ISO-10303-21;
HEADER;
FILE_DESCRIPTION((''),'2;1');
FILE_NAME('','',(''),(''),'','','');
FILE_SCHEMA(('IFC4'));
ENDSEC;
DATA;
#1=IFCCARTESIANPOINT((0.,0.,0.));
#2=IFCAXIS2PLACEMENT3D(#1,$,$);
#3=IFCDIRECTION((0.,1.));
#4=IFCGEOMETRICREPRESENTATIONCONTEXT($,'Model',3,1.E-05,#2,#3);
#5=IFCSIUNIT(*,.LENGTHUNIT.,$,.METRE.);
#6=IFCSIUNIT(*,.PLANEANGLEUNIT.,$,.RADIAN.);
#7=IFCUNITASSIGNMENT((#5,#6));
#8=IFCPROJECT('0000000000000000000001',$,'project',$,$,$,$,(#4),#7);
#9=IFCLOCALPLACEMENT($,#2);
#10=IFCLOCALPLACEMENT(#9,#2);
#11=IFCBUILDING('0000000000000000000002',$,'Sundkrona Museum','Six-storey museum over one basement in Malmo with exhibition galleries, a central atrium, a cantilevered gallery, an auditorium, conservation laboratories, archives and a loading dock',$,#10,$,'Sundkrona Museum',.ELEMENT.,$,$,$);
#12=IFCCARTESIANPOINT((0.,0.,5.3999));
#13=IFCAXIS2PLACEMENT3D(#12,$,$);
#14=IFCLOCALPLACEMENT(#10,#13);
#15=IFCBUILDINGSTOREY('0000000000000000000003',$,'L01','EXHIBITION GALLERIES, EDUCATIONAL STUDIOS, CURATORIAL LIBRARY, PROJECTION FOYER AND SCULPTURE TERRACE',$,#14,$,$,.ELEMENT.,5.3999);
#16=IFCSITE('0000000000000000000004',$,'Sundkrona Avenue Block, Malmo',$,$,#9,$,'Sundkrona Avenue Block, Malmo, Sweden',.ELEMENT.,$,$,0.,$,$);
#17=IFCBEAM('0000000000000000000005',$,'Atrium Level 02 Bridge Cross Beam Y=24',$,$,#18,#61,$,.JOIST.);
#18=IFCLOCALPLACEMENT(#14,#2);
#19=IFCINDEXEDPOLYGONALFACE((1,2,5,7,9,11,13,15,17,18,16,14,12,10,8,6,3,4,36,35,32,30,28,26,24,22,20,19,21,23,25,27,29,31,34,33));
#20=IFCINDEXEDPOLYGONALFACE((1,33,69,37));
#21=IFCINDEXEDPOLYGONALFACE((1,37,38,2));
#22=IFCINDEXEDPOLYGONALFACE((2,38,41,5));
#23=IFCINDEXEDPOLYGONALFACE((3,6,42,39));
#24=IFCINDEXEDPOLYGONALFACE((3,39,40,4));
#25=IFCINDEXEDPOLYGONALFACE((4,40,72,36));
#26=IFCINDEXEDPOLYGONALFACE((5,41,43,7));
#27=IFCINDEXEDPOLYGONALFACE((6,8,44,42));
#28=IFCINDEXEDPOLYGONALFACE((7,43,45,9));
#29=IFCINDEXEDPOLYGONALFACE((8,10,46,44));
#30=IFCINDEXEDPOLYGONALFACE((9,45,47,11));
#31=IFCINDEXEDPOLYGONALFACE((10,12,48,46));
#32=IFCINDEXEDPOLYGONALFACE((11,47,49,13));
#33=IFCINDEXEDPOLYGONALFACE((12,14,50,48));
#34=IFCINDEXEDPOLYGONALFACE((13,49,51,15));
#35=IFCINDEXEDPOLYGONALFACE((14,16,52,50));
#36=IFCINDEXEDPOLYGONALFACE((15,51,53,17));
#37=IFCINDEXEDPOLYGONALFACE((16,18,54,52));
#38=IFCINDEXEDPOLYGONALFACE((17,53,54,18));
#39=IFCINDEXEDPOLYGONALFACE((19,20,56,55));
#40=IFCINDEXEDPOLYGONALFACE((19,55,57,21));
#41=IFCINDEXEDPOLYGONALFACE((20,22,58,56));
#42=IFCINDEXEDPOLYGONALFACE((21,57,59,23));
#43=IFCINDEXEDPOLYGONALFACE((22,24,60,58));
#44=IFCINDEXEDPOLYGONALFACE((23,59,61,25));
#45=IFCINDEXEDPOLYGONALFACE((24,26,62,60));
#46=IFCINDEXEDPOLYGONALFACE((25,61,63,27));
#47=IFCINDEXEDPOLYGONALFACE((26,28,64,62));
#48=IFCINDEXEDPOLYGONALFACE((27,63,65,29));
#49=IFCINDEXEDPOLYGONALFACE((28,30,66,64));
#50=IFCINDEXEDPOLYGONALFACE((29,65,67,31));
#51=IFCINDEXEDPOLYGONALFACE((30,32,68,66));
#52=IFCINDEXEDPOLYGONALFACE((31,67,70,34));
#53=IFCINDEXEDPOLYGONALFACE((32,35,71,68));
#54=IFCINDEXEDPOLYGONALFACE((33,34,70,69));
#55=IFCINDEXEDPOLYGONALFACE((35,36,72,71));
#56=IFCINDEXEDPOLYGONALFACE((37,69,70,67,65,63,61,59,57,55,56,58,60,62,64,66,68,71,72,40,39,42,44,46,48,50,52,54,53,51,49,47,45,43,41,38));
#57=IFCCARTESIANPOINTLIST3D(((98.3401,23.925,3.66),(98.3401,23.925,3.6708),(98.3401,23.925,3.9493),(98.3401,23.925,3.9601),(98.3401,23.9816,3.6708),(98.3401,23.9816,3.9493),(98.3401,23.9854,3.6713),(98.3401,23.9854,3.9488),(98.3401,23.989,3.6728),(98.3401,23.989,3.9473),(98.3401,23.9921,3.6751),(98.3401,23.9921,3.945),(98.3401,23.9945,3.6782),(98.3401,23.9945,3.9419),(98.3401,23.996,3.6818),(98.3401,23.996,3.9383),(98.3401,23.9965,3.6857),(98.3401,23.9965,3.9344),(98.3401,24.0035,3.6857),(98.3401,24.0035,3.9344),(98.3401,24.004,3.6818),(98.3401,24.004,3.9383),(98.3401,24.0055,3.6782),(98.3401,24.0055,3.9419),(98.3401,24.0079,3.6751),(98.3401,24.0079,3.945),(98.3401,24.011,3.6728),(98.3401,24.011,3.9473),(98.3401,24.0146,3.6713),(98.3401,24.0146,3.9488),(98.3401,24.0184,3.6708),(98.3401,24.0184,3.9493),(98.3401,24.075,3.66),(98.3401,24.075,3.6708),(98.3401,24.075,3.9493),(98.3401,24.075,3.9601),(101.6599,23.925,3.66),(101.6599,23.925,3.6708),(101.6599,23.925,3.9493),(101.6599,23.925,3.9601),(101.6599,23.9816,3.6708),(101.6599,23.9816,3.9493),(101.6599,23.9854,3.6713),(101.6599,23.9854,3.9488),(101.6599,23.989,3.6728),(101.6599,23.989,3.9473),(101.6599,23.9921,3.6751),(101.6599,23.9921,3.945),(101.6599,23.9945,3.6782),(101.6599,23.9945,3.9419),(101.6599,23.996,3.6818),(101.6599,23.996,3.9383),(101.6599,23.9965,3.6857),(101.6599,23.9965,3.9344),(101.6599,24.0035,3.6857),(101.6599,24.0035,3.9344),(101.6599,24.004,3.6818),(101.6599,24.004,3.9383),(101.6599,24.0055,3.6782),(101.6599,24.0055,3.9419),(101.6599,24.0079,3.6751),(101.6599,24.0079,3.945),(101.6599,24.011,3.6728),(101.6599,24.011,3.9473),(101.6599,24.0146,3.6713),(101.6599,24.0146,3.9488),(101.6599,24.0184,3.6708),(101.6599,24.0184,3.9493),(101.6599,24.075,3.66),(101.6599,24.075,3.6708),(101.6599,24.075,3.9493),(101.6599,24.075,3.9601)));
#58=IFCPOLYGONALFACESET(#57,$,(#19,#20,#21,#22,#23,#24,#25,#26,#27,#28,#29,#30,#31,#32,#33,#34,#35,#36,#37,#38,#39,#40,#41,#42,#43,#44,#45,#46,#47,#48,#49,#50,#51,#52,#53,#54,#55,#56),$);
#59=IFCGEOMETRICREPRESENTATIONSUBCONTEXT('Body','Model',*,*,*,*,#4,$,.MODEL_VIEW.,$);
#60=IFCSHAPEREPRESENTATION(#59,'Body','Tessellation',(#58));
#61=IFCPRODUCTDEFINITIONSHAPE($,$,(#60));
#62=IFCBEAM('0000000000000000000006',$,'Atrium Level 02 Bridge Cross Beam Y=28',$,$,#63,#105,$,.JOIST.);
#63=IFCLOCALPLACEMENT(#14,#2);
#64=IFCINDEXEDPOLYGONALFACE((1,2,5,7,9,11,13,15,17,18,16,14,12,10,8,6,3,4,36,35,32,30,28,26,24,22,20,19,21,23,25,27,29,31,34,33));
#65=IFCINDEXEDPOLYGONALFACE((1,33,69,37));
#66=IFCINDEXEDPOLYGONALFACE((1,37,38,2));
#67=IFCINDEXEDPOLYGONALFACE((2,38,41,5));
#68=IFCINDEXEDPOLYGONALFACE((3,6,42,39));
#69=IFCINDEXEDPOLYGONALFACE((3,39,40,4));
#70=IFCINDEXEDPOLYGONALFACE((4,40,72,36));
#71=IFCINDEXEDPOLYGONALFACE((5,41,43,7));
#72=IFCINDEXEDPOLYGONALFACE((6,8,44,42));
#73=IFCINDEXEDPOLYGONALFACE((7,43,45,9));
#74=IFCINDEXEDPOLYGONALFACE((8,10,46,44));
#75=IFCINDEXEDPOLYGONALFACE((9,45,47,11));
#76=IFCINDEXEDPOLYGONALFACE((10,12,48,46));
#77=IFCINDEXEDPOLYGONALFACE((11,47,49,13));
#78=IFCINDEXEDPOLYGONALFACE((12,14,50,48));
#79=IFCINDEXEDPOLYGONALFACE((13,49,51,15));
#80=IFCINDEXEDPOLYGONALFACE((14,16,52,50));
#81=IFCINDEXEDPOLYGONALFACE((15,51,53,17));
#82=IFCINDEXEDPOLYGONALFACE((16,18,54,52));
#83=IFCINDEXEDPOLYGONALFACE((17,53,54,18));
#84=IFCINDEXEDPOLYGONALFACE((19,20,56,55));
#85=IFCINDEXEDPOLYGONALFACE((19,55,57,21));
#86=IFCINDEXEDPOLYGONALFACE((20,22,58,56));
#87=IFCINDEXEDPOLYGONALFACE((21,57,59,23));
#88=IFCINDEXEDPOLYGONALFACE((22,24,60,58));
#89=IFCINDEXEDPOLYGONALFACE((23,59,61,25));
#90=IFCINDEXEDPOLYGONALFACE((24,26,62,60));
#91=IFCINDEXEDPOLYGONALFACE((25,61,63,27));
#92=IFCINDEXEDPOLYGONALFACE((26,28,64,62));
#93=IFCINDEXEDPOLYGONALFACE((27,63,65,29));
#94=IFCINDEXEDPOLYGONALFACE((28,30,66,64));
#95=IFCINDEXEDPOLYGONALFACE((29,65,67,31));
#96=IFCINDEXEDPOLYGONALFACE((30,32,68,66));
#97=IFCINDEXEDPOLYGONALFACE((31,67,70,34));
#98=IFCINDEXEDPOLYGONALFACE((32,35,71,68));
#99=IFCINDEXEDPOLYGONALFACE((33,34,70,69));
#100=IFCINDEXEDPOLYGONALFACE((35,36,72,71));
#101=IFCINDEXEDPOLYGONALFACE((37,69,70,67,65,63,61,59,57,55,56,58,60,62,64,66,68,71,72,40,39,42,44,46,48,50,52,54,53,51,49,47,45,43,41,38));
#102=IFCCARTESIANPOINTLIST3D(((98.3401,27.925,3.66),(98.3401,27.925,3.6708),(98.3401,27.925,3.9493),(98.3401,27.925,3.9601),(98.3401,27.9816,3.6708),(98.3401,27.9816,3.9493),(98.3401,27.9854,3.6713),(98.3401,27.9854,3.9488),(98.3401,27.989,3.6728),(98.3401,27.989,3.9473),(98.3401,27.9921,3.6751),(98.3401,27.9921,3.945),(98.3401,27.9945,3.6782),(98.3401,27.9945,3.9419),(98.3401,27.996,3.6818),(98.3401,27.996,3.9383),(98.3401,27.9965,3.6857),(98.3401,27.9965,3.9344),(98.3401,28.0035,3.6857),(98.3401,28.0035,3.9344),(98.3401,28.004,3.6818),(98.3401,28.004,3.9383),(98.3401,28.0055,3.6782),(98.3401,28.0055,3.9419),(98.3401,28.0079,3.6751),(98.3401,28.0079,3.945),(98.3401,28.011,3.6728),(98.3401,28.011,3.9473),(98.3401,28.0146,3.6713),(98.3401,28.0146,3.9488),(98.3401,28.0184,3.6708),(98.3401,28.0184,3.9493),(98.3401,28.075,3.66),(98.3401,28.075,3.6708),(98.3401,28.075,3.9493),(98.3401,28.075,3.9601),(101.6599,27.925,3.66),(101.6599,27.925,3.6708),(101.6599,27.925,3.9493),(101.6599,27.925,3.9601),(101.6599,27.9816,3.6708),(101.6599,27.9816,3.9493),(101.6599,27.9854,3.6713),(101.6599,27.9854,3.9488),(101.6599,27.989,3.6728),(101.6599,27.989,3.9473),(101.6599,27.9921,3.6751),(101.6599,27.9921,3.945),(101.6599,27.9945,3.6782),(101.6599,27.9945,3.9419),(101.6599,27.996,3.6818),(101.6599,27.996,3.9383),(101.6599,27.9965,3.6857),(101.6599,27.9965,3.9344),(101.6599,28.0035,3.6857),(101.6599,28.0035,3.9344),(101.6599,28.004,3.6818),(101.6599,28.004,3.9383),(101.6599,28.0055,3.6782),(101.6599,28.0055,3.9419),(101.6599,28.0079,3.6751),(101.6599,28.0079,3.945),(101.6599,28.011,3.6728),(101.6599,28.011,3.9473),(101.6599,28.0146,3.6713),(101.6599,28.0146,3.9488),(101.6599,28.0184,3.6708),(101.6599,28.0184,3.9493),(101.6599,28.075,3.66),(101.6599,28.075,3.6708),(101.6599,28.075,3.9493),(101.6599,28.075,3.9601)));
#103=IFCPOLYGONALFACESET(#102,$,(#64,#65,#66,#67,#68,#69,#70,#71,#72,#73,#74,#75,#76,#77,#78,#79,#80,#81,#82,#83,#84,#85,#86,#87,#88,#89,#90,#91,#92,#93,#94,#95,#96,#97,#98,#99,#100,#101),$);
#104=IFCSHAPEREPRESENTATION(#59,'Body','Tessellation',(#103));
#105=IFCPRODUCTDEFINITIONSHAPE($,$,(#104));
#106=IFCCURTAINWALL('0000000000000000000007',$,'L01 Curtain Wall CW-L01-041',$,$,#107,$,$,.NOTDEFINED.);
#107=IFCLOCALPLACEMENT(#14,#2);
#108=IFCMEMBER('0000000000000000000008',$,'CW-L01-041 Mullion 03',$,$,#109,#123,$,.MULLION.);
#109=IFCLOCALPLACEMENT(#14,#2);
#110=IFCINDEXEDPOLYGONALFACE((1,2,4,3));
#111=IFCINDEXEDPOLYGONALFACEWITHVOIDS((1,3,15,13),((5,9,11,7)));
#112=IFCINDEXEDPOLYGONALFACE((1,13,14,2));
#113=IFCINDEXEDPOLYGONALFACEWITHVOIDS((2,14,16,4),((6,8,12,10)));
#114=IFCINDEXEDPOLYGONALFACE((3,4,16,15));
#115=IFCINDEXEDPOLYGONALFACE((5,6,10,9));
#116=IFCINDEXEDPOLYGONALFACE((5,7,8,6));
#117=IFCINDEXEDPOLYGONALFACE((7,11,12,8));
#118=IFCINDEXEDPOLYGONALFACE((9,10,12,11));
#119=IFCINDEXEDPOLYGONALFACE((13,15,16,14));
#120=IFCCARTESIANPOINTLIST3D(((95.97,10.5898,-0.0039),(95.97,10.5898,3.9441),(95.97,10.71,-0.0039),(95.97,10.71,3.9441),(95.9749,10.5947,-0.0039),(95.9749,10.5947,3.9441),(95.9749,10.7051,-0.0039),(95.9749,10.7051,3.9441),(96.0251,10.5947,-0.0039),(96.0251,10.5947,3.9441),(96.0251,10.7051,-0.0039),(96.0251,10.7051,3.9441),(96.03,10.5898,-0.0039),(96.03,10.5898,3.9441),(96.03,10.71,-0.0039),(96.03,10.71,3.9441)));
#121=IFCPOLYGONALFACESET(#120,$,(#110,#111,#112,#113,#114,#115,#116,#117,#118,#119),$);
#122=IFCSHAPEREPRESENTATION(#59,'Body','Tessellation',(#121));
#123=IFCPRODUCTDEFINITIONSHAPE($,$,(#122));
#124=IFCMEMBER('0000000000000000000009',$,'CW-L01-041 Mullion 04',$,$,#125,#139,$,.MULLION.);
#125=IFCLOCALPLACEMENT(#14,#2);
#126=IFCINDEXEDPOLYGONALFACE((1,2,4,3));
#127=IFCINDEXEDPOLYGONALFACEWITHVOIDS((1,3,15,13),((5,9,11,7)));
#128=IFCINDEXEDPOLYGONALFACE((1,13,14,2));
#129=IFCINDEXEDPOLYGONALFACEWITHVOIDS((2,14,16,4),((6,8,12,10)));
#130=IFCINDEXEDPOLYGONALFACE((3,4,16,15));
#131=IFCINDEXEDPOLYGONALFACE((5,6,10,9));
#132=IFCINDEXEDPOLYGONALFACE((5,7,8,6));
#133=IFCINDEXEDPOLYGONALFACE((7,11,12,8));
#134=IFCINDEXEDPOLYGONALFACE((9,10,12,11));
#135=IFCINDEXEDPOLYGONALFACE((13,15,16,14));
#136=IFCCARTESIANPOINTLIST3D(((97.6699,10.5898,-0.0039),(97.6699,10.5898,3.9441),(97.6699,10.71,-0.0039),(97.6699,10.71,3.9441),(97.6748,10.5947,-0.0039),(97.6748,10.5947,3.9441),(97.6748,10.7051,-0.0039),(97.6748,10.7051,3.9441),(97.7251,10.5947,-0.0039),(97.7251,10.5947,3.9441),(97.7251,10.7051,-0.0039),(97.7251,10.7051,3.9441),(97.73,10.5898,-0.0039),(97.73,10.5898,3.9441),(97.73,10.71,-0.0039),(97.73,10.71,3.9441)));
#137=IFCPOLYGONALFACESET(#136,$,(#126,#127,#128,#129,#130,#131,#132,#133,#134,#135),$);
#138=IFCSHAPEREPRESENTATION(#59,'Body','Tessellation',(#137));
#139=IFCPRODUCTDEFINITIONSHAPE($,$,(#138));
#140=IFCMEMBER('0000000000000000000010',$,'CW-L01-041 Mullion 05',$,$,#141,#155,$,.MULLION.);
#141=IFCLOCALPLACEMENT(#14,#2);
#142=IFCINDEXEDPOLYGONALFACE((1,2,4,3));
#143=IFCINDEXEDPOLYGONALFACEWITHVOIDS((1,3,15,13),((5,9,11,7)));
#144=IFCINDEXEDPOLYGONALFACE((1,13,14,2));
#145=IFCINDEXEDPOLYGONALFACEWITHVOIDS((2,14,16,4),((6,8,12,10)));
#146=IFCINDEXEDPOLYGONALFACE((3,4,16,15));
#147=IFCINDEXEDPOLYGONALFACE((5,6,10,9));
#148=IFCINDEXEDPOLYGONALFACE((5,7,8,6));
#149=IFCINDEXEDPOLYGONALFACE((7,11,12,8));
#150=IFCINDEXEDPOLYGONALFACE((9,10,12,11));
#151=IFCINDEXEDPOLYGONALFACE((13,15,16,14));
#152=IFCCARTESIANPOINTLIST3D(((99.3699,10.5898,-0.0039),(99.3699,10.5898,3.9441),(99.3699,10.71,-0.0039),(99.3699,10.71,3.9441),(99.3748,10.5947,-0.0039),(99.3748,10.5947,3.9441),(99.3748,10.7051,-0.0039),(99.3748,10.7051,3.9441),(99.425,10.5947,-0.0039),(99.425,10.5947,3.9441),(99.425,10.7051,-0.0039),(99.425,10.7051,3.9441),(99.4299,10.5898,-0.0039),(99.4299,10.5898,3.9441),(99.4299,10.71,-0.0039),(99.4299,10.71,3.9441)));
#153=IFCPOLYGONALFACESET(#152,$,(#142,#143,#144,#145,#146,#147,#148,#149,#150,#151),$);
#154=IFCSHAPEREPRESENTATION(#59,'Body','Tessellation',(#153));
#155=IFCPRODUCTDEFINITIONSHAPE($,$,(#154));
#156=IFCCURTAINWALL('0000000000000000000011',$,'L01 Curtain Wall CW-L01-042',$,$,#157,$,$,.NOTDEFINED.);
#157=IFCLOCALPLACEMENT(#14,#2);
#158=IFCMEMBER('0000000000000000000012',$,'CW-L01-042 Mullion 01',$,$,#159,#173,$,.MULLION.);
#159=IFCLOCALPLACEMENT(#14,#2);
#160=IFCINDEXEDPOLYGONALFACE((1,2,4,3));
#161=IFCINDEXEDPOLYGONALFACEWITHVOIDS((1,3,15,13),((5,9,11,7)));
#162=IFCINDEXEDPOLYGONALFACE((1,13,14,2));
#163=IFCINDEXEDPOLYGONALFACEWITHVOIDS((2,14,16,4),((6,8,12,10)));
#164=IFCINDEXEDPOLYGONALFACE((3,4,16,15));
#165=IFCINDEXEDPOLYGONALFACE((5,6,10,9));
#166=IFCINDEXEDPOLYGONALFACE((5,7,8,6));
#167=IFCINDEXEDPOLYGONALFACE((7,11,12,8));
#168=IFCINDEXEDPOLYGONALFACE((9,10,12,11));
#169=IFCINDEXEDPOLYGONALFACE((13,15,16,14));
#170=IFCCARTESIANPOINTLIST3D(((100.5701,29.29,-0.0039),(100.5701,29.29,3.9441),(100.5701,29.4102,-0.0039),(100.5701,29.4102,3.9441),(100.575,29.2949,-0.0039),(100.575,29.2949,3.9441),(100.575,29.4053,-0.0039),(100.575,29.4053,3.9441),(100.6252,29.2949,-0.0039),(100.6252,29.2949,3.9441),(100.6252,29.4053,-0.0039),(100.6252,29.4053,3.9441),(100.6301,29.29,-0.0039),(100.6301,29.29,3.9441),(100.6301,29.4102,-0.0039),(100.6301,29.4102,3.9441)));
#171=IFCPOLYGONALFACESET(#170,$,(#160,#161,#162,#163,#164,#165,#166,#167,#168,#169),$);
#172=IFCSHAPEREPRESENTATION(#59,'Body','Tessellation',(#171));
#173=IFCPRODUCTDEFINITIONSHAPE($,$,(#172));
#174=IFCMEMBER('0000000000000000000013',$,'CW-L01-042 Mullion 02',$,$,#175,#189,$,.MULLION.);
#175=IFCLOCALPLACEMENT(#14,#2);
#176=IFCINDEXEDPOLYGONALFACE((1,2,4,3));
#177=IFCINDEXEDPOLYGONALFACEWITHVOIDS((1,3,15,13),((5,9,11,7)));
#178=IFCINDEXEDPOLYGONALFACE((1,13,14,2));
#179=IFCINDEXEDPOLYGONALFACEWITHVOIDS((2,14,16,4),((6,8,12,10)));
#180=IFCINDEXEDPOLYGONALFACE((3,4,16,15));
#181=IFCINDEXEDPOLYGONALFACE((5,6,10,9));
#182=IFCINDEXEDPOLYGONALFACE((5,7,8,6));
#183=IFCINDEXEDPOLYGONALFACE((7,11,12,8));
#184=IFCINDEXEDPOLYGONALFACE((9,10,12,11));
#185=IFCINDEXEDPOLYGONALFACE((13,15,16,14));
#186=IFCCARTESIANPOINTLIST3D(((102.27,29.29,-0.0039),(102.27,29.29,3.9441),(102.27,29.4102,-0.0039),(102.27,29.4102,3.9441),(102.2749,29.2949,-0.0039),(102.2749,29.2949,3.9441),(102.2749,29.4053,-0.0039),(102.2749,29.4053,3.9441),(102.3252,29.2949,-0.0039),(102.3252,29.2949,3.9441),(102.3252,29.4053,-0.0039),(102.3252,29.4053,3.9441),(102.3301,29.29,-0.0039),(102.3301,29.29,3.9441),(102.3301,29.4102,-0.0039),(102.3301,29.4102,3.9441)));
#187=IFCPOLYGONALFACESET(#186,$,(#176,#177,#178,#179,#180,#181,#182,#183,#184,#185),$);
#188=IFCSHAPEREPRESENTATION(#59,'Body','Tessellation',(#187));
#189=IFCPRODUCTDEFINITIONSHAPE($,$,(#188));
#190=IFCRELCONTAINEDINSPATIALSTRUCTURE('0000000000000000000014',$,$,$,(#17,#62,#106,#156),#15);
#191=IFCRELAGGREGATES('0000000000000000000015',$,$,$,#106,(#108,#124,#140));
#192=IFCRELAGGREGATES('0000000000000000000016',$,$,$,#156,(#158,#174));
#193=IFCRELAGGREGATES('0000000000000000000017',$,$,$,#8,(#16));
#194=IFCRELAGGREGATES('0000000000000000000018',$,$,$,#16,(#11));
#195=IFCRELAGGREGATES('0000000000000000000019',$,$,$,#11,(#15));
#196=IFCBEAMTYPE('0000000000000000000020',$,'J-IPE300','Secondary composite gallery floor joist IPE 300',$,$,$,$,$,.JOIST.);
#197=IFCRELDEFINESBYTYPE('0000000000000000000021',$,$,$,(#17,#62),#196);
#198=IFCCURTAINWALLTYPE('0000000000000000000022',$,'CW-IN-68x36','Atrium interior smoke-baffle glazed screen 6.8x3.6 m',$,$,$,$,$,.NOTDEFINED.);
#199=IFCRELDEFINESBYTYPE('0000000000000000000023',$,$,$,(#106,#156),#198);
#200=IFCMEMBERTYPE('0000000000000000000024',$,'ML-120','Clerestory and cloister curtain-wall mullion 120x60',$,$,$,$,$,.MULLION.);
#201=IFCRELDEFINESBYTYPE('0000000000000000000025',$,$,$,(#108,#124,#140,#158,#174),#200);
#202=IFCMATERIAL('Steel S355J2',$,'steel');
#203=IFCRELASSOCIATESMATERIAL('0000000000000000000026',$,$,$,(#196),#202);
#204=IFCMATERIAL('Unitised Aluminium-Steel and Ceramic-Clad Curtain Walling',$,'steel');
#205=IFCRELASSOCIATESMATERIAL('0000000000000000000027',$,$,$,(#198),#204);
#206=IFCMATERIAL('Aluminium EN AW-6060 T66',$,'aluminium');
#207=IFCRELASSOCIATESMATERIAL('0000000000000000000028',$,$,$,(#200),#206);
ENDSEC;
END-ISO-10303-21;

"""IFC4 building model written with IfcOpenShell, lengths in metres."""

from ifc_helpers import new_model, si_unit, direction, frame, origin, origin_2d, place, context, subcontext, project, spatial, hollow_rectangle, i_section, extrude, material, material_profile, profile_set, type_object, element, aggregate, save


model = new_model("IFC4")

# Units and contexts
model_context = context("Model", 3, precision=1e-05, world=origin(), true_north=direction((0.0, 1.0)))
body_context = subcontext(model_context, "Body", "Model", "MODEL_VIEW")
ifc_project = project(units=[si_unit("LENGTHUNIT", "METRE"), si_unit("PLANEANGLEUNIT", "RADIAN")], contexts=[model_context])

# Site, building, storey
site_placement = place(None, origin())
site = spatial("IfcSite", under=ifc_project, at=site_placement, Name="Sundkrona Avenue Block, Malmo", LongName="Sundkrona Avenue Block, Malmo, Sweden", CompositionType="ELEMENT", RefElevation=0.0)
building_placement = place(site_placement, origin())
building = spatial("IfcBuilding", under=site, at=building_placement, Name="Sundkrona Museum", Description="Six-storey museum over one basement in Malmo with exhibition galleries, a central atrium, a cantilevered gallery, an auditorium, conservation laboratories, archives and a loading dock", LongName="Sundkrona Museum", CompositionType="ELEMENT")
storey_placement = place(building_placement, frame((0.0, 0.0, 5.3999)))
storey = spatial("IfcBuildingStorey", under=building, at=storey_placement, Name="L01", Description="EXHIBITION GALLERIES, EDUCATIONAL STUDIOS, CURATORIAL LIBRARY, PROJECTION FOYER AND SCULPTURE TERRACE", CompositionType="ELEMENT", Elevation=5.3999)

# Shared definitions
ifc_material_1 = material(Name="Steel S355J2", Category="steel")

# Beams
ifc_material_profile_1 = material_profile(ifc_material_1, i_section(OverallWidth=0.1499, OverallDepth=0.3, WebThickness=0.0071, FlangeThickness=0.0107, FilletRadius=0.0149, at=origin_2d()), Name="IPE 300")
ifc_profile_set_1 = profile_set([ifc_material_profile_1], Name="Steel S355J2")
beam_type_1 = type_object("IfcBeamType", Name="J-IPE300", Description="Secondary composite gallery floor joist IPE 300", PredefinedType="JOIST", material=ifc_profile_set_1)
for number, where, z_axis, x_axis, name in (
    (1, (98.3401, 24.0, 3.8101), (1.0, 0.0, 0.0), (0.0, 1.0, 0.0), "Atrium Level 02 Bridge Cross Beam Y=24"),
    (2, (98.3401, 28.0, 3.8101), (1.0, 0.0, 0.0), (0.0, 1.0, 0.0), "Atrium Level 02 Bridge Cross Beam Y=28"),
):
    element("IfcBeam", number, at=place(storey_placement, frame(where, z_axis=z_axis, x_axis=x_axis)), inside=storey, type_object=beam_type_1, Name=name, PredefinedType="JOIST", context=body_context, shape_type="SweptSolid", body=[
        extrude(i_section(OverallWidth=0.1499, OverallDepth=0.3, WebThickness=0.0071, FlangeThickness=0.0107, FilletRadius=0.0149, at=origin_2d()), origin(), (0.0, 0.0, 1.0), 3.3198),
    ])

# Curtain walls, members
ifc_material_2 = material(Name="Unitised Aluminium-Steel and Ceramic-Clad Curtain Walling", Category="steel")
curtain_wall_type = type_object("IfcCurtainWallType", Name="CW-IN-68x36", Description="Atrium interior smoke-baffle glazed screen 6.8x3.6 m", PredefinedType="NOTDEFINED", material=ifc_material_2)
curtain_wall_1_placement = place(storey_placement, origin())
curtain_wall_1 = element("IfcCurtainWall", 3, at=curtain_wall_1_placement, inside=storey, type_object=curtain_wall_type, Name="L01 Curtain Wall CW-L01-041", PredefinedType="NOTDEFINED")
ifc_material_3 = material(Name="Aluminium EN AW-6060 T66", Category="aluminium")
ifc_material_profile_2 = material_profile(ifc_material_3, hollow_rectangle(XDim=0.0601, YDim=0.1201, WallThickness=0.0049, at=origin_2d()), Name="RHS 120x60x5.0")
ifc_profile_set_2 = profile_set([ifc_material_profile_2], Name="Aluminium EN AW-6060 T66")
member_type_1 = type_object("IfcMemberType", Name="ML-120", Description="Clerestory and cloister curtain-wall mullion 120x60", PredefinedType="MULLION", material=ifc_profile_set_2)
member_1_placement = place(storey_placement, frame((96.0, 10.6499, -0.0039), z_axis=(0.0, 0.0, 1.0), x_axis=(1.0, 0.0, 0.0)))
member_1 = element("IfcMember", 4, at=member_1_placement, type_object=member_type_1, Name="CW-L01-041 Mullion 03", PredefinedType="MULLION", context=body_context, shape_type="SweptSolid", body=[
    extrude(hollow_rectangle(XDim=0.0601, YDim=0.1201, WallThickness=0.0049, at=origin_2d()), origin(), (0.0, 0.0, 1.0), 3.948),
])
member_2_placement = place(storey_placement, frame((97.7, 10.6499, -0.0039), z_axis=(0.0, 0.0, 1.0), x_axis=(1.0, 0.0, 0.0)))
member_2 = element("IfcMember", 5, at=member_2_placement, type_object=member_type_1, Name="CW-L01-041 Mullion 04", PredefinedType="MULLION", context=body_context, shape_type="SweptSolid", body=[
    extrude(hollow_rectangle(XDim=0.0601, YDim=0.1201, WallThickness=0.0049, at=origin_2d()), origin(), (0.0, 0.0, 1.0), 3.948),
])
member_3_placement = place(storey_placement, frame((99.3999, 10.6499, -0.0039), z_axis=(0.0, 0.0, 1.0), x_axis=(1.0, 0.0, 0.0)))
member_3 = element("IfcMember", 6, at=member_3_placement, type_object=member_type_1, Name="CW-L01-041 Mullion 05", PredefinedType="MULLION", context=body_context, shape_type="SweptSolid", body=[
    extrude(hollow_rectangle(XDim=0.0601, YDim=0.1201, WallThickness=0.0049, at=origin_2d()), origin(), (0.0, 0.0, 1.0), 3.948),
])
curtain_wall_2_placement = place(storey_placement, origin())
curtain_wall_2 = element("IfcCurtainWall", 7, at=curtain_wall_2_placement, inside=storey, type_object=curtain_wall_type, Name="L01 Curtain Wall CW-L01-042", PredefinedType="NOTDEFINED")
member_4_placement = place(storey_placement, frame((100.6001, 29.3501, -0.0039), z_axis=(0.0, 0.0, 1.0), x_axis=(1.0, 0.0, 0.0)))
member_4 = element("IfcMember", 8, at=member_4_placement, type_object=member_type_1, Name="CW-L01-042 Mullion 01", PredefinedType="MULLION", context=body_context, shape_type="SweptSolid", body=[
    extrude(hollow_rectangle(XDim=0.0601, YDim=0.1201, WallThickness=0.0049, at=origin_2d()), origin(), (0.0, 0.0, 1.0), 3.948),
])
member_5_placement = place(storey_placement, frame((102.3, 29.3501, -0.0039), z_axis=(0.0, 0.0, 1.0), x_axis=(1.0, 0.0, 0.0)))
member_5 = element("IfcMember", 9, at=member_5_placement, type_object=member_type_1, Name="CW-L01-042 Mullion 02", PredefinedType="MULLION", context=body_context, shape_type="SweptSolid", body=[
    extrude(hollow_rectangle(XDim=0.0601, YDim=0.1201, WallThickness=0.0049, at=origin_2d()), origin(), (0.0, 0.0, 1.0), 3.948),
])

aggregate(curtain_wall_1, [member_1, member_2, member_3])
aggregate(curtain_wall_2, [member_4, member_5])

save(model, "model.ifc")
